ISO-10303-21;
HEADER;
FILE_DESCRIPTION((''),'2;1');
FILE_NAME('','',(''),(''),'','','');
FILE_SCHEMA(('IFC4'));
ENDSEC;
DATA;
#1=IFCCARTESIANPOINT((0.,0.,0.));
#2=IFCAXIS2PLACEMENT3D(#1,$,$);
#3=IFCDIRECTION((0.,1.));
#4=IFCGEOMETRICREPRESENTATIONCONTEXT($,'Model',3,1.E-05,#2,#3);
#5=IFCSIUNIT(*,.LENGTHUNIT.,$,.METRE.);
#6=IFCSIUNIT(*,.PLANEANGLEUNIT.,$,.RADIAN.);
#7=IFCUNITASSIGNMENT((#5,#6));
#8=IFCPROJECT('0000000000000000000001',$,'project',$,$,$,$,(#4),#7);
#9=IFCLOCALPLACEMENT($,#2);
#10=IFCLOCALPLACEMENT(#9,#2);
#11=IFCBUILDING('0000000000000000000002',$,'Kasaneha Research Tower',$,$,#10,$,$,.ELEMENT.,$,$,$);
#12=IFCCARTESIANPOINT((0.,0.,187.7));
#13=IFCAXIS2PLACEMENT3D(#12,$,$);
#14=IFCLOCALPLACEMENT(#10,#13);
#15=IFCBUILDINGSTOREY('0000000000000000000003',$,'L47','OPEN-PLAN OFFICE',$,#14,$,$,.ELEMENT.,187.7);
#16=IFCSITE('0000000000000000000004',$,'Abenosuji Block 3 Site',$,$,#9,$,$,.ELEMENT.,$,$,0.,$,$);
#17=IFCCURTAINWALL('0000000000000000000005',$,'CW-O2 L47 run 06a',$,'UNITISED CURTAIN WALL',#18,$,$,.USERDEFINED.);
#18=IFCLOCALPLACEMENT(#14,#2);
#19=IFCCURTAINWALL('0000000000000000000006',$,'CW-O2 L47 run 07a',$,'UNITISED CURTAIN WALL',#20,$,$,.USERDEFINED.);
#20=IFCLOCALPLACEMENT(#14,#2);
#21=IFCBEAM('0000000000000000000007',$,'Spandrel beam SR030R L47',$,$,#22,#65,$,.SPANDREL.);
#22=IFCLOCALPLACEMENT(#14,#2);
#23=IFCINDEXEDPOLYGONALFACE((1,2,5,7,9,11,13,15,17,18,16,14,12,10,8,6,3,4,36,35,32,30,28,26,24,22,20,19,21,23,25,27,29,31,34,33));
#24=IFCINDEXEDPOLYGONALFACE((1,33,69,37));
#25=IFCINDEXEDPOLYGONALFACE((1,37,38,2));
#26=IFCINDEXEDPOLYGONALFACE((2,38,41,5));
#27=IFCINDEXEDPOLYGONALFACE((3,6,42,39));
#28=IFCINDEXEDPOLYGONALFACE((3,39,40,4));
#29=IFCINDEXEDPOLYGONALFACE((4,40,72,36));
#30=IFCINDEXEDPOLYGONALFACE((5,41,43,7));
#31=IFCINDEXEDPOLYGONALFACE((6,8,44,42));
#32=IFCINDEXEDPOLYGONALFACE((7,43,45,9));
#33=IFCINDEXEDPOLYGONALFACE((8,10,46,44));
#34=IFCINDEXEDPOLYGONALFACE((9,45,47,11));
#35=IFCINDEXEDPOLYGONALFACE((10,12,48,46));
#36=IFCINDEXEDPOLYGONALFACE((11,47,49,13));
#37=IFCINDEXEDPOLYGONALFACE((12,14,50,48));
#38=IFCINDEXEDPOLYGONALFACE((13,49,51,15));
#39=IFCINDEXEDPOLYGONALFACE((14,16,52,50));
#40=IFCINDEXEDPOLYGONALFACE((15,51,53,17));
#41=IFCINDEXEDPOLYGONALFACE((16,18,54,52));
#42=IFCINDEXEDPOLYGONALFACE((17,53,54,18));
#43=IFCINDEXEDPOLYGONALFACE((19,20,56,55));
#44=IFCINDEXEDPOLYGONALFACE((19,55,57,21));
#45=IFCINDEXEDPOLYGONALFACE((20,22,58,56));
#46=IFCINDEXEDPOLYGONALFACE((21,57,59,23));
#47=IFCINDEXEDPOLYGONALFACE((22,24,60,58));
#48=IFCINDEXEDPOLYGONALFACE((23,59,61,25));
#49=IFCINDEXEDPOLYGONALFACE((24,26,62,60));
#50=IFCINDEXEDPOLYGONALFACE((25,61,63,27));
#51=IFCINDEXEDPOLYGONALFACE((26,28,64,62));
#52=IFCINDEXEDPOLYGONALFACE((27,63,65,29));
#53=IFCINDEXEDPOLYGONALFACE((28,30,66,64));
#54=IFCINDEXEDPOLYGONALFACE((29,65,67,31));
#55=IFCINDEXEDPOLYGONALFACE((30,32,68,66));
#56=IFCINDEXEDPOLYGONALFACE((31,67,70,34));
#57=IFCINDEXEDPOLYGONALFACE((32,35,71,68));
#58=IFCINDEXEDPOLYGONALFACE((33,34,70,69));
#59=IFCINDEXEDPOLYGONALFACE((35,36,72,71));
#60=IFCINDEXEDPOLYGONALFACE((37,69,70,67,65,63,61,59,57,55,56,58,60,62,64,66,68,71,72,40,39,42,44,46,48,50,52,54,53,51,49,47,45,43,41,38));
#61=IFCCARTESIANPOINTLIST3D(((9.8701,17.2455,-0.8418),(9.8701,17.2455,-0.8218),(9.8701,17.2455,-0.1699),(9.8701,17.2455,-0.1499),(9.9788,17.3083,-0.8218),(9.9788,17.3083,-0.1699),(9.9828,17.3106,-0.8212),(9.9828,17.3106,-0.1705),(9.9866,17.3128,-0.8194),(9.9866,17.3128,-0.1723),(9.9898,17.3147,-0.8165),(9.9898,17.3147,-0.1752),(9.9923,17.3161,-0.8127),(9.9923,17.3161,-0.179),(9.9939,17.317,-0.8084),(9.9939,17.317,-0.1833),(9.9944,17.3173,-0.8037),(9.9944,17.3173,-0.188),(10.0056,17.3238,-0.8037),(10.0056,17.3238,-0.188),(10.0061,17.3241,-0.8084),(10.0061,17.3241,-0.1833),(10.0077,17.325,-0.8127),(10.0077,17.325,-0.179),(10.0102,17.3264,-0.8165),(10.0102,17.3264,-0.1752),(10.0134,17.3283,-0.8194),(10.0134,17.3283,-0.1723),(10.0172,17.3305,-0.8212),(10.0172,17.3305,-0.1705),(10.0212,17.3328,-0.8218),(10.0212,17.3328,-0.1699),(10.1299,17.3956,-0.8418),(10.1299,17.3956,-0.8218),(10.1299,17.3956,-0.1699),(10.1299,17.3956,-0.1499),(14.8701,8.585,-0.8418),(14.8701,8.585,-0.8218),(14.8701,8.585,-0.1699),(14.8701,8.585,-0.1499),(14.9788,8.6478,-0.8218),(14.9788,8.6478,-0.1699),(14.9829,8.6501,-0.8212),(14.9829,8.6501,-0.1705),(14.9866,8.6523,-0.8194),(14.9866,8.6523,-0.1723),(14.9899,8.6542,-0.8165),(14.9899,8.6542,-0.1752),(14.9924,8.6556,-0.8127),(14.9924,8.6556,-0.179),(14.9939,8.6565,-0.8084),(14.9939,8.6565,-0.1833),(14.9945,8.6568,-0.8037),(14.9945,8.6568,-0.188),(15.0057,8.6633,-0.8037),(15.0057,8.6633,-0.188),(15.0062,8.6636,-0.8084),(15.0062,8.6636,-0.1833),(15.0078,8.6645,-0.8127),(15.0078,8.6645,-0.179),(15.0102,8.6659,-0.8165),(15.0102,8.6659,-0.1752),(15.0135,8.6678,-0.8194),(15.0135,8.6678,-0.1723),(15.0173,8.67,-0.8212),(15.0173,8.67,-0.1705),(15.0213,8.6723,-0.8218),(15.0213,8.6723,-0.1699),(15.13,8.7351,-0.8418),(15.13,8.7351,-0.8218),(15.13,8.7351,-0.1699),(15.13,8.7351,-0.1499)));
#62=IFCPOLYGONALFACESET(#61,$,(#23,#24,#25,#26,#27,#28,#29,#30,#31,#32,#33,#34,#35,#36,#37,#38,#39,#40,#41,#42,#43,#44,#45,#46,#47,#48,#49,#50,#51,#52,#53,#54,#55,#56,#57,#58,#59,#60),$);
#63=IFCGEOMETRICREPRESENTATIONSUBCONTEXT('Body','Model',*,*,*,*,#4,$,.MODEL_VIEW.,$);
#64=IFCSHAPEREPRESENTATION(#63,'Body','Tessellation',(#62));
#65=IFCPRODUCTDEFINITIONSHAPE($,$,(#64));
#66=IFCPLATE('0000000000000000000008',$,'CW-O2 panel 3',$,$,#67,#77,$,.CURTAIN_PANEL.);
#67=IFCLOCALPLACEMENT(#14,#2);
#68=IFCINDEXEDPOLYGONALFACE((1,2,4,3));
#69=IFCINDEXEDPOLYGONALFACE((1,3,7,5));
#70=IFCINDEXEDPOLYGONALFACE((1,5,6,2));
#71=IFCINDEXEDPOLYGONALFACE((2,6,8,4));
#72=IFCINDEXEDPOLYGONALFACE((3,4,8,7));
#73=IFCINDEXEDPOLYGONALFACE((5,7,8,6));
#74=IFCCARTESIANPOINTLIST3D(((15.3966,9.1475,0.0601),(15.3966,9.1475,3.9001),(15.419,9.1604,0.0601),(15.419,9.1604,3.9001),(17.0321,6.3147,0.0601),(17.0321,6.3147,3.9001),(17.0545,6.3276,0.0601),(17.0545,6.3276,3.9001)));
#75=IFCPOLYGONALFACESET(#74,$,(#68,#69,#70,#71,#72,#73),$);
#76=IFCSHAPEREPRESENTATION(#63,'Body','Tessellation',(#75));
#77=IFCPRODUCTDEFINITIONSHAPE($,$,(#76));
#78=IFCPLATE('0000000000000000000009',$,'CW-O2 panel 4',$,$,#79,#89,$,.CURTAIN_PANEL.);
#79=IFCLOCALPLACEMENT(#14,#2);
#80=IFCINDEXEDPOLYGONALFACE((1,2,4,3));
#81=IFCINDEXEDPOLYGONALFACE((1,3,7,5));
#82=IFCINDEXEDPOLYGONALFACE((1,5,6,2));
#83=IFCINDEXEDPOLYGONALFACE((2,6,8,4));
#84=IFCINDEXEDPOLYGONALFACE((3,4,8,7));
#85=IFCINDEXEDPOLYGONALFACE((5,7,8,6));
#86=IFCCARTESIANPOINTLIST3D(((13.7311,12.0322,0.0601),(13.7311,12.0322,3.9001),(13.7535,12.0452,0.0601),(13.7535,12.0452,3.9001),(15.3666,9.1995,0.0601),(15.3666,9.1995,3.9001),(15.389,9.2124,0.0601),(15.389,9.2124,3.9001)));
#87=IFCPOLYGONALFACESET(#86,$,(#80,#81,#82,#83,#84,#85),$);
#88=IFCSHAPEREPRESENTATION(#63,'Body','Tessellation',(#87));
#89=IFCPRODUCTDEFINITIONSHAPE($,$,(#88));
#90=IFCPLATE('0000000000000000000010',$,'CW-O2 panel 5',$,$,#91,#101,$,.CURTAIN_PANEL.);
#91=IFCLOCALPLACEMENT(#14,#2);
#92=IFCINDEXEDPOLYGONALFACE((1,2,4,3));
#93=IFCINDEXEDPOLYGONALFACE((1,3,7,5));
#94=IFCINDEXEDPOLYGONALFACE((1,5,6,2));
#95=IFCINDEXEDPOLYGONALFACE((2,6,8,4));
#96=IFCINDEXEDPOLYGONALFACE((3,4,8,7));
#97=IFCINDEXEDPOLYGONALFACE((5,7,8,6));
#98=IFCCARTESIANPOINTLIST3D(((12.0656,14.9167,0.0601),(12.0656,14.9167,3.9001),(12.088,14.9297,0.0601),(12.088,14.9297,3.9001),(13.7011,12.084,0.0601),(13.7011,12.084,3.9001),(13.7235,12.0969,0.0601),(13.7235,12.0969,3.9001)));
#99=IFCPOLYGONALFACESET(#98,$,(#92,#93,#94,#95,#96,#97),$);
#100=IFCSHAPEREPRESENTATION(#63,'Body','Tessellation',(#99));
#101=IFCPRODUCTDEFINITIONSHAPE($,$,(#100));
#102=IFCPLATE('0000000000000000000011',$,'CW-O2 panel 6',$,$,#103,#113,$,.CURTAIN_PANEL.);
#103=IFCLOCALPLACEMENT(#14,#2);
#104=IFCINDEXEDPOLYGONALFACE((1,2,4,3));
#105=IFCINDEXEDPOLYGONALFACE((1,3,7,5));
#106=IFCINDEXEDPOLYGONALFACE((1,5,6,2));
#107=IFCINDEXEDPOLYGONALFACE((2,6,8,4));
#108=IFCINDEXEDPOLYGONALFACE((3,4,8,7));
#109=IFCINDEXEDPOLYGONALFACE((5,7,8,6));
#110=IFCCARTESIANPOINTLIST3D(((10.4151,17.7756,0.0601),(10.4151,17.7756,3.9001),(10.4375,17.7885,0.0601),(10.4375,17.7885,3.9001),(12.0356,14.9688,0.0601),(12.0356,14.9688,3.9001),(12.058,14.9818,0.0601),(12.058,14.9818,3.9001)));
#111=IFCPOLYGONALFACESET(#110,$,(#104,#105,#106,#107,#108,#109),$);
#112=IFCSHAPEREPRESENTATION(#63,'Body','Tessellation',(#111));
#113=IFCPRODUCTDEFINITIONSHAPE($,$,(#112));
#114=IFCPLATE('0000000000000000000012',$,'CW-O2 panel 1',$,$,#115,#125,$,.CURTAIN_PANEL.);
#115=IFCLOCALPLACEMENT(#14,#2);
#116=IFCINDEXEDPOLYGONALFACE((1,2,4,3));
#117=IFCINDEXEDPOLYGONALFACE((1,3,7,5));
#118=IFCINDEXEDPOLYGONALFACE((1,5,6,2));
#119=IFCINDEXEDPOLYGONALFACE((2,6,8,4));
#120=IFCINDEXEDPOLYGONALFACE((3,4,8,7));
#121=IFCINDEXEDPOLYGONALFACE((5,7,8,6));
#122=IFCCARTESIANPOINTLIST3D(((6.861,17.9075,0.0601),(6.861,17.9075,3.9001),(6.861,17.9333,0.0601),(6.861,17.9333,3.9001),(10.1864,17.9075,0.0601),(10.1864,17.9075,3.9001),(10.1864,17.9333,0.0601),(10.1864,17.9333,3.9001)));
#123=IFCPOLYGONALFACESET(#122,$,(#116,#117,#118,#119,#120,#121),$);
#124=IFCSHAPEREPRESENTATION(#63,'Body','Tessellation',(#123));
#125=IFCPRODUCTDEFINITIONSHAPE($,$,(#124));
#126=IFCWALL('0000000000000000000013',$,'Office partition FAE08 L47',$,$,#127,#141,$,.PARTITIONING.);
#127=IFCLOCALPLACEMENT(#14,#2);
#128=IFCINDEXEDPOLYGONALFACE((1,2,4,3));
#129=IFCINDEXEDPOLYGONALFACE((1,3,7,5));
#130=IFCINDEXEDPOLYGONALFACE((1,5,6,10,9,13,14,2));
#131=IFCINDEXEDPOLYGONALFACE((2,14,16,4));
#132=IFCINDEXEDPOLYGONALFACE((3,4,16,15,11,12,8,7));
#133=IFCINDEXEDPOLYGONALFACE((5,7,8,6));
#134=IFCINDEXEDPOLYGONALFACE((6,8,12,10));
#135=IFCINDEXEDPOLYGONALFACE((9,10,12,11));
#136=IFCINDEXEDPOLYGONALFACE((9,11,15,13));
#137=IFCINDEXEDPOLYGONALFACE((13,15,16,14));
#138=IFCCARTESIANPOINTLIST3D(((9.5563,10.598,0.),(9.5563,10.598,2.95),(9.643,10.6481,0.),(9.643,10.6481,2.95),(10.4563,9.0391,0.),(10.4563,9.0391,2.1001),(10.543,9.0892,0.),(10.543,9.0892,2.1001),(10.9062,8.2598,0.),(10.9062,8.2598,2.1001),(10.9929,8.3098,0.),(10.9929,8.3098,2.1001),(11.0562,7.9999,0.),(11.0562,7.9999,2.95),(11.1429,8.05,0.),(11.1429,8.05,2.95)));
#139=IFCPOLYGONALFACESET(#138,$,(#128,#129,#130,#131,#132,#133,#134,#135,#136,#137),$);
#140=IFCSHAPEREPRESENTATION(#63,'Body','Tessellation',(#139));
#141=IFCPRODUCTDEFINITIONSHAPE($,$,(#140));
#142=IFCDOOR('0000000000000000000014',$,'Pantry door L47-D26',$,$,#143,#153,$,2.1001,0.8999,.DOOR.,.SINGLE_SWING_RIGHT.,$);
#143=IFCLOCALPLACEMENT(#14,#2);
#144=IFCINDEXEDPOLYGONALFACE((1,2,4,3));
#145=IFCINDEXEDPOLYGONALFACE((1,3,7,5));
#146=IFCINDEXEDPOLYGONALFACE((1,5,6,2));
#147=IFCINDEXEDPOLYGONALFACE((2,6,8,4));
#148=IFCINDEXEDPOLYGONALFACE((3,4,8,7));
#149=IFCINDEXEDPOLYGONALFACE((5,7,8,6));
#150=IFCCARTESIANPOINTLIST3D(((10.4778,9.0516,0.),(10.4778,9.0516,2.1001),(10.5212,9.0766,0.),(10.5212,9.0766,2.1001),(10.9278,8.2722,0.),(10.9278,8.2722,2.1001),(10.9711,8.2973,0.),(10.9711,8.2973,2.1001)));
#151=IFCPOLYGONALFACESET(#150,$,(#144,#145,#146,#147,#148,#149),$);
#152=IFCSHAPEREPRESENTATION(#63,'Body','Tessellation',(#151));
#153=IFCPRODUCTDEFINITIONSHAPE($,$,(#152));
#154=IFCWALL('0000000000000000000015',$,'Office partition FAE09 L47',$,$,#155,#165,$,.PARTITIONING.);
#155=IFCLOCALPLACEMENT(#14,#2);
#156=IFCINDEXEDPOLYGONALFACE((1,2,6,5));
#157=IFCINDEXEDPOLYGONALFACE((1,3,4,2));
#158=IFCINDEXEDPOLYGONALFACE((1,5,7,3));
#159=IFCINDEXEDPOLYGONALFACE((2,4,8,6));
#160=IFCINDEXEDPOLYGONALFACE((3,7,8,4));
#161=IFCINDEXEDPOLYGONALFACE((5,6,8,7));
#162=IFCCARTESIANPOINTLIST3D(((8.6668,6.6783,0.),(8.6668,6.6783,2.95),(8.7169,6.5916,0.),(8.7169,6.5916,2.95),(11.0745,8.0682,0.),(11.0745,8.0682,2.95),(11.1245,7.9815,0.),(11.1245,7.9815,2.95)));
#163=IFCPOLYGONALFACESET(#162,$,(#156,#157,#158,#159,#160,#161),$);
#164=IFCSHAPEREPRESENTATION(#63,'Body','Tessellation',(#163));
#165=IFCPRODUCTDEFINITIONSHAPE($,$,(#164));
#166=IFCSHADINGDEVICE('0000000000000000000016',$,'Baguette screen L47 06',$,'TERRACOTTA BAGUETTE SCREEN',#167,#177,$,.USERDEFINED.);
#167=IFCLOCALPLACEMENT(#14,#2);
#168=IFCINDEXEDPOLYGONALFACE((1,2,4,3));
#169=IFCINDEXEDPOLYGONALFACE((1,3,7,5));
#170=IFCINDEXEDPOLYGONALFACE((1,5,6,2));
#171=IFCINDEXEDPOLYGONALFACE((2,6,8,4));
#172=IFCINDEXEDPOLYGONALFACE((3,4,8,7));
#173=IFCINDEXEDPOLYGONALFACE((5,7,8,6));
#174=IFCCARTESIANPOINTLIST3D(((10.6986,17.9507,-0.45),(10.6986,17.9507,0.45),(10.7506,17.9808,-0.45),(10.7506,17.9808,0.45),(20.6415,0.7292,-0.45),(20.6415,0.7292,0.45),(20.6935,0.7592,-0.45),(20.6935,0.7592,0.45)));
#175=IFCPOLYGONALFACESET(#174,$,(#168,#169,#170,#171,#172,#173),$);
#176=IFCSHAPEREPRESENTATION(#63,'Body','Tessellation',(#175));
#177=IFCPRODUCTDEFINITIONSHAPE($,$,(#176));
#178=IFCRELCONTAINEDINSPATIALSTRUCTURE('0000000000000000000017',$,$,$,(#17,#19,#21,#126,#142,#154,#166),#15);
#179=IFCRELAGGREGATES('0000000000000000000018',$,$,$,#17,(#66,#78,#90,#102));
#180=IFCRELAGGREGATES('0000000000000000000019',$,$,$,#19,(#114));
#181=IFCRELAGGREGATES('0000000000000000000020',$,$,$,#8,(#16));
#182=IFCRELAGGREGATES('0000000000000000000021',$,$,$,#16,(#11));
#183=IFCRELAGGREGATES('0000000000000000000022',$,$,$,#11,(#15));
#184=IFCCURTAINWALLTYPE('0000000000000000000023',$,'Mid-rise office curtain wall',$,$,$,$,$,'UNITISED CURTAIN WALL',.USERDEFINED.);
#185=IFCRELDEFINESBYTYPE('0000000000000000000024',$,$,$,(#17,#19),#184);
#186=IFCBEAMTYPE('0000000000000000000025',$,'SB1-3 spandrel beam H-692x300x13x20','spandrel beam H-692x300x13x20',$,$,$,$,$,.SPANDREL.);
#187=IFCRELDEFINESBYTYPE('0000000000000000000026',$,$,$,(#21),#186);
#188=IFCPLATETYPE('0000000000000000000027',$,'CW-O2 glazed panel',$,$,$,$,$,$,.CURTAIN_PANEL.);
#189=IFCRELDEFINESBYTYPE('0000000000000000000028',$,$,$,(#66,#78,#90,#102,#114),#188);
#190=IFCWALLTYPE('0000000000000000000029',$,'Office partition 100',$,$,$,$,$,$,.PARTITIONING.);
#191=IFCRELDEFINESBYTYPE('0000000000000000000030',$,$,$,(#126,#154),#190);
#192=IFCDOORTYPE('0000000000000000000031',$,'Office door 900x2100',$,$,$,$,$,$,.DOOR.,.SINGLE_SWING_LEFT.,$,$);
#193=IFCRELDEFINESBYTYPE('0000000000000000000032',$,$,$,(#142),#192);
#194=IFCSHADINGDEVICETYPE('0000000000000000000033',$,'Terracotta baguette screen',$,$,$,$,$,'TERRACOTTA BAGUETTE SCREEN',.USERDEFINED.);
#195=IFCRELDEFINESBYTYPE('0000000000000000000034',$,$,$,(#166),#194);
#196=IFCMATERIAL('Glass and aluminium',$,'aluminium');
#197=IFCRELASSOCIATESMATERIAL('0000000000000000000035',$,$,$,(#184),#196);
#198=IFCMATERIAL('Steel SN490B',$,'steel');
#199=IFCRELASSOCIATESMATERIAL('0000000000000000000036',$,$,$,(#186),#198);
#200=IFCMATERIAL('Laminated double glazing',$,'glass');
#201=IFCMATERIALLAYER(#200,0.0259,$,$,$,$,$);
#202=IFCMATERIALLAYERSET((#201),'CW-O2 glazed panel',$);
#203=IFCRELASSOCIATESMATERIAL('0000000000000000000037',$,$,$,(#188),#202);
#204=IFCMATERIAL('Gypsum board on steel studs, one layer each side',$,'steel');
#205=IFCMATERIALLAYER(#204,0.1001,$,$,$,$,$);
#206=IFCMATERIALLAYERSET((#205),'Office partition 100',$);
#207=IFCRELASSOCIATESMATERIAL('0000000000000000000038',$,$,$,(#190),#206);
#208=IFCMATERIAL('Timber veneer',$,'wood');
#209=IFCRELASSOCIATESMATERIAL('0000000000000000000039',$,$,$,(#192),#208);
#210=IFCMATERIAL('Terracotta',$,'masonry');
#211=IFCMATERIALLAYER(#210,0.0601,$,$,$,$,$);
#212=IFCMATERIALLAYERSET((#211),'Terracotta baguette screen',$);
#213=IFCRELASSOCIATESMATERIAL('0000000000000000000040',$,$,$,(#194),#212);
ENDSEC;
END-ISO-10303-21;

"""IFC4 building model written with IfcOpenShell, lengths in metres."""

from ifc_helpers import new_model, si_unit, direction, frame, frame_2d, origin, origin_2d, place, context, subcontext, project, spatial, rectangle, i_section, extrude, material, layer, layer_set, material_profile, profile_set, type_object, element, fill, aggregate, save


model = new_model("IFC4")

# Units and contexts
model_context = context("Model", 3, precision=1e-05, world=origin(), true_north=direction((0.0, 1.0)))
body_context = subcontext(model_context, "Body", "Model", "MODEL_VIEW")
ifc_project = project(units=[si_unit("LENGTHUNIT", "METRE"), si_unit("PLANEANGLEUNIT", "RADIAN")], contexts=[model_context])

# Site, building, storey
site_placement = place(None, origin())
site = spatial("IfcSite", under=ifc_project, at=site_placement, Name="Abenosuji Block 3 Site", CompositionType="ELEMENT", RefElevation=0.0)
building_placement = place(site_placement, origin())
building = spatial("IfcBuilding", under=site, at=building_placement, Name="Kasaneha Research Tower", CompositionType="ELEMENT")
storey_placement = place(building_placement, frame((0.0, 0.0, 187.7)))
storey = spatial("IfcBuildingStorey", under=building, at=storey_placement, Name="L47", Description="OPEN-PLAN OFFICE", CompositionType="ELEMENT", Elevation=187.7)

# Curtain wall
ifc_material_1 = material(Name="Glass and aluminium", Category="aluminium")
curtain_wall_type = type_object("IfcCurtainWallType", Name="Mid-rise office curtain wall", ElementType="UNITISED CURTAIN WALL", PredefinedType="USERDEFINED", material=ifc_material_1)
curtain_wall_1_placement = place(storey_placement, origin())
curtain_wall_1 = element("IfcCurtainWall", 1, at=curtain_wall_1_placement, inside=storey, type_object=curtain_wall_type, Name="CW-O2 L47 run 06a", ObjectType="UNITISED CURTAIN WALL", PredefinedType="USERDEFINED")

# Curtain wall
curtain_wall_2_placement = place(storey_placement, origin())
curtain_wall_2 = element("IfcCurtainWall", 2, at=curtain_wall_2_placement, inside=storey, type_object=curtain_wall_type, Name="CW-O2 L47 run 07a", ObjectType="UNITISED CURTAIN WALL", PredefinedType="USERDEFINED")

# Beam
ifc_material_2 = material(Name="Steel SN490B", Category="steel")
ifc_material_profile_1 = material_profile(ifc_material_2, i_section(OverallWidth=0.3, OverallDepth=0.6919, WebThickness=0.0129, FlangeThickness=0.02, FilletRadius=0.0181, at=origin_2d()), Name="H-692x300x13x20")
ifc_profile_set_1 = profile_set([ifc_material_profile_1], Name="Steel SN490B")
beam_type_1 = type_object("IfcBeamType", Name="SB1-3 spandrel beam H-692x300x13x20", Description="spandrel beam H-692x300x13x20", PredefinedType="SPANDREL", material=ifc_profile_set_1)
beam_1_placement = place(storey_placement, frame((10.0, 17.3206, -0.4958), z_axis=(0.499994, -0.866029, 0.0), x_axis=(0.866029, 0.499994, 0.0)))
element("IfcBeam", 3, at=beam_1_placement, inside=storey, type_object=beam_type_1, Name="Spandrel beam SR030R L47", PredefinedType="SPANDREL", context=body_context, shape_type="SweptSolid", body=[
    extrude(i_section(OverallWidth=0.3, OverallDepth=0.6919, WebThickness=0.0129, FlangeThickness=0.02, FilletRadius=0.0181, at=origin_2d()), origin(), (0.0, 0.0, 1.0), 10.0002),
])

# Plates
ifc_material_3 = material(Name="Laminated double glazing", Category="glass")
ifc_layer_1 = layer(ifc_material_3, 0.0259)
ifc_layer_set_1 = layer_set([ifc_layer_1], Name="CW-O2 glazed panel")
plate_type = type_object("IfcPlateType", Name="CW-O2 glazed panel", PredefinedType="CURTAIN_PANEL", material=ifc_layer_set_1)
plate_1_placement = place(storey_placement, frame((16.2256, 7.7375, 0.0601), z_axis=(0.0, 0.0, 1.0), x_axis=(-0.5, 0.866025, 0.0)))
plate_1 = element("IfcPlate", 4, at=plate_1_placement, type_object=plate_type, Name="CW-O2 panel 3", PredefinedType="CURTAIN_PANEL", context=body_context, shape_type="SweptSolid", body=[
    extrude(rectangle(XDim=3.271, YDim=0.0259, at=origin_2d()), origin(), (0.0, 0.0, 1.0), 3.8401),
])
plate_2_placement = place(storey_placement, frame((14.5601, 10.6223, 0.0601), z_axis=(0.0, 0.0, 1.0), x_axis=(-0.5, 0.866025, 0.0)))
plate_2 = element("IfcPlate", 5, at=plate_2_placement, type_object=plate_type, Name="CW-O2 panel 4", PredefinedType="CURTAIN_PANEL", context=body_context, shape_type="SweptSolid", body=[
    extrude(rectangle(XDim=3.271, YDim=0.0259, at=origin_2d()), origin(), (0.0, 0.0, 1.0), 3.8401),
])
plate_3_placement = place(storey_placement, frame((12.8945, 13.5068, 0.0601), z_axis=(0.0, 0.0, 1.0), x_axis=(-0.5, 0.866025, 0.0)))
plate_3 = element("IfcPlate", 6, at=plate_3_placement, type_object=plate_type, Name="CW-O2 panel 5", PredefinedType="CURTAIN_PANEL", context=body_context, shape_type="SweptSolid", body=[
    extrude(rectangle(XDim=3.271, YDim=0.0259, at=origin_2d()), origin(), (0.0, 0.0, 1.0), 3.8401),
])
plate_4_placement = place(storey_placement, frame((11.2366, 16.3787, 0.0601), z_axis=(0.0, 0.0, 1.0), x_axis=(-0.5, 0.866025, 0.0)))
plate_4 = element("IfcPlate", 7, at=plate_4_placement, type_object=plate_type, Name="CW-O2 panel 6", PredefinedType="CURTAIN_PANEL", context=body_context, shape_type="SweptSolid", body=[
    extrude(rectangle(XDim=3.241, YDim=0.0259, at=origin_2d()), origin(), (0.0, 0.0, 1.0), 3.8401),
])
aggregate(curtain_wall_1, [plate_1, plate_2, plate_3, plate_4])
plate_5_placement = place(storey_placement, frame((8.5237, 17.9204, 0.0601), z_axis=(0.0, 0.0, 1.0), x_axis=(-1.0, 0.0, 0.0)))
plate_5 = element("IfcPlate", 8, at=plate_5_placement, type_object=plate_type, Name="CW-O2 panel 1", PredefinedType="CURTAIN_PANEL", context=body_context, shape_type="SweptSolid", body=[
    extrude(rectangle(XDim=3.3254, YDim=0.0259, at=origin_2d()), origin(), (0.0, 0.0, 1.0), 3.8401),
])
aggregate(curtain_wall_2, [plate_5])

# Wall, opening, door
ifc_material_4 = material(Name="Gypsum board on steel studs, one layer each side", Category="steel")
ifc_layer_2 = layer(ifc_material_4, 0.1001)
ifc_layer_set_2 = layer_set([ifc_layer_2], Name="Office partition 100")
wall_type = type_object("IfcWallType", Name="Office partition 100", PredefinedType="PARTITIONING", material=ifc_layer_set_2)
wall_1_placement = place(storey_placement, frame((9.5996, 10.623, 0.0), z_axis=(0.0, 0.0, 1.0), x_axis=(0.49999, -0.866031, 0.0)))
wall_1 = element("IfcWall", 9, at=wall_1_placement, inside=storey, type_object=wall_type, Name="Office partition FAE08 L47", PredefinedType="PARTITIONING", context=body_context, shape_type="SweptSolid", body=[
    extrude(rectangle(XDim=3.0, YDim=0.1001, at=frame_2d((1.5, 0.0))), origin(), (0.0, 0.0, 1.0), 2.95),
])
opening_placement = place(wall_1_placement, frame((1.8, 0.0, 0.0)))
opening = element("IfcOpeningElement", 10, at=opening_placement, cuts=wall_1, PredefinedType="OPENING", context=body_context, shape_type="SweptSolid", body=[
    extrude(rectangle(XDim=0.8999, YDim=2.1001, at=frame_2d((0.45, 1.05))), frame((0.0, 0.0601, 0.0), z_axis=(0.0, -1.0, 0.0), x_axis=(1.0, 0.0, 0.0)), (0.0, 0.0, 1.0), 0.1201),
])
ifc_material_5 = material(Name="Timber veneer", Category="wood")
door_type = type_object("IfcDoorType", Name="Office door 900x2100", OperationType="SINGLE_SWING_LEFT", PredefinedType="DOOR", material=ifc_material_5)
door_placement = place(opening_placement, origin())
door = element("IfcDoor", 11, at=door_placement, inside=storey, type_object=door_type, Name="Pantry door L47-D26", OperationType="SINGLE_SWING_RIGHT", OverallHeight=2.1001, OverallWidth=0.8999, PredefinedType="DOOR", context=body_context, shape_type="SweptSolid", body=[
    extrude(rectangle(XDim=0.8999, YDim=2.1001, at=frame_2d((0.45, 1.05))), frame((0.0, 0.0249, 0.0), z_axis=(0.0, -1.0, 0.0), x_axis=(1.0, 0.0, 0.0)), (0.0, 0.0, 1.0), 0.05),
])
fill(opening, door)

# Wall
wall_2_placement = place(storey_placement, frame((11.0996, 8.0249, 0.0), z_axis=(0.0, 0.0, 1.0), x_axis=(-0.866057, -0.499945, 0.0)))
element("IfcWall", 12, at=wall_2_placement, inside=storey, type_object=wall_type, Name="Office partition FAE09 L47", PredefinedType="PARTITIONING", context=body_context, shape_type="SweptSolid", body=[
    extrude(rectangle(XDim=2.78, YDim=0.1001, at=frame_2d((1.3901, 0.0))), origin(), (0.0, 0.0, 1.0), 2.95),
])

# Shading device
ifc_material_6 = material(Name="Terracotta", Category="masonry")
ifc_layer_3 = layer(ifc_material_6, 0.0601)
ifc_layer_set_3 = layer_set([ifc_layer_3], Name="Terracotta baguette screen")
shading_device_type = type_object("IfcShadingDeviceType", Name="Terracotta baguette screen", ElementType="TERRACOTTA BAGUETTE SCREEN", PredefinedType="USERDEFINED", material=ifc_layer_set_3)
shading_device_placement = place(storey_placement, frame((15.696, 9.355, -0.45), z_axis=(0.0, 0.0, 1.0), x_axis=(-0.5, 0.866025, 0.0)))
element("IfcShadingDevice", 13, at=shading_device_placement, inside=storey, type_object=shading_device_type, Name="Baguette screen L47 06", ObjectType="TERRACOTTA BAGUETTE SCREEN", PredefinedType="USERDEFINED", context=body_context, shape_type="SweptSolid", body=[
    extrude(rectangle(XDim=19.8857, YDim=0.0601, at=origin_2d()), origin(), (0.0, 0.0, 1.0), 0.8999),
])

save(model, "model.ifc")
